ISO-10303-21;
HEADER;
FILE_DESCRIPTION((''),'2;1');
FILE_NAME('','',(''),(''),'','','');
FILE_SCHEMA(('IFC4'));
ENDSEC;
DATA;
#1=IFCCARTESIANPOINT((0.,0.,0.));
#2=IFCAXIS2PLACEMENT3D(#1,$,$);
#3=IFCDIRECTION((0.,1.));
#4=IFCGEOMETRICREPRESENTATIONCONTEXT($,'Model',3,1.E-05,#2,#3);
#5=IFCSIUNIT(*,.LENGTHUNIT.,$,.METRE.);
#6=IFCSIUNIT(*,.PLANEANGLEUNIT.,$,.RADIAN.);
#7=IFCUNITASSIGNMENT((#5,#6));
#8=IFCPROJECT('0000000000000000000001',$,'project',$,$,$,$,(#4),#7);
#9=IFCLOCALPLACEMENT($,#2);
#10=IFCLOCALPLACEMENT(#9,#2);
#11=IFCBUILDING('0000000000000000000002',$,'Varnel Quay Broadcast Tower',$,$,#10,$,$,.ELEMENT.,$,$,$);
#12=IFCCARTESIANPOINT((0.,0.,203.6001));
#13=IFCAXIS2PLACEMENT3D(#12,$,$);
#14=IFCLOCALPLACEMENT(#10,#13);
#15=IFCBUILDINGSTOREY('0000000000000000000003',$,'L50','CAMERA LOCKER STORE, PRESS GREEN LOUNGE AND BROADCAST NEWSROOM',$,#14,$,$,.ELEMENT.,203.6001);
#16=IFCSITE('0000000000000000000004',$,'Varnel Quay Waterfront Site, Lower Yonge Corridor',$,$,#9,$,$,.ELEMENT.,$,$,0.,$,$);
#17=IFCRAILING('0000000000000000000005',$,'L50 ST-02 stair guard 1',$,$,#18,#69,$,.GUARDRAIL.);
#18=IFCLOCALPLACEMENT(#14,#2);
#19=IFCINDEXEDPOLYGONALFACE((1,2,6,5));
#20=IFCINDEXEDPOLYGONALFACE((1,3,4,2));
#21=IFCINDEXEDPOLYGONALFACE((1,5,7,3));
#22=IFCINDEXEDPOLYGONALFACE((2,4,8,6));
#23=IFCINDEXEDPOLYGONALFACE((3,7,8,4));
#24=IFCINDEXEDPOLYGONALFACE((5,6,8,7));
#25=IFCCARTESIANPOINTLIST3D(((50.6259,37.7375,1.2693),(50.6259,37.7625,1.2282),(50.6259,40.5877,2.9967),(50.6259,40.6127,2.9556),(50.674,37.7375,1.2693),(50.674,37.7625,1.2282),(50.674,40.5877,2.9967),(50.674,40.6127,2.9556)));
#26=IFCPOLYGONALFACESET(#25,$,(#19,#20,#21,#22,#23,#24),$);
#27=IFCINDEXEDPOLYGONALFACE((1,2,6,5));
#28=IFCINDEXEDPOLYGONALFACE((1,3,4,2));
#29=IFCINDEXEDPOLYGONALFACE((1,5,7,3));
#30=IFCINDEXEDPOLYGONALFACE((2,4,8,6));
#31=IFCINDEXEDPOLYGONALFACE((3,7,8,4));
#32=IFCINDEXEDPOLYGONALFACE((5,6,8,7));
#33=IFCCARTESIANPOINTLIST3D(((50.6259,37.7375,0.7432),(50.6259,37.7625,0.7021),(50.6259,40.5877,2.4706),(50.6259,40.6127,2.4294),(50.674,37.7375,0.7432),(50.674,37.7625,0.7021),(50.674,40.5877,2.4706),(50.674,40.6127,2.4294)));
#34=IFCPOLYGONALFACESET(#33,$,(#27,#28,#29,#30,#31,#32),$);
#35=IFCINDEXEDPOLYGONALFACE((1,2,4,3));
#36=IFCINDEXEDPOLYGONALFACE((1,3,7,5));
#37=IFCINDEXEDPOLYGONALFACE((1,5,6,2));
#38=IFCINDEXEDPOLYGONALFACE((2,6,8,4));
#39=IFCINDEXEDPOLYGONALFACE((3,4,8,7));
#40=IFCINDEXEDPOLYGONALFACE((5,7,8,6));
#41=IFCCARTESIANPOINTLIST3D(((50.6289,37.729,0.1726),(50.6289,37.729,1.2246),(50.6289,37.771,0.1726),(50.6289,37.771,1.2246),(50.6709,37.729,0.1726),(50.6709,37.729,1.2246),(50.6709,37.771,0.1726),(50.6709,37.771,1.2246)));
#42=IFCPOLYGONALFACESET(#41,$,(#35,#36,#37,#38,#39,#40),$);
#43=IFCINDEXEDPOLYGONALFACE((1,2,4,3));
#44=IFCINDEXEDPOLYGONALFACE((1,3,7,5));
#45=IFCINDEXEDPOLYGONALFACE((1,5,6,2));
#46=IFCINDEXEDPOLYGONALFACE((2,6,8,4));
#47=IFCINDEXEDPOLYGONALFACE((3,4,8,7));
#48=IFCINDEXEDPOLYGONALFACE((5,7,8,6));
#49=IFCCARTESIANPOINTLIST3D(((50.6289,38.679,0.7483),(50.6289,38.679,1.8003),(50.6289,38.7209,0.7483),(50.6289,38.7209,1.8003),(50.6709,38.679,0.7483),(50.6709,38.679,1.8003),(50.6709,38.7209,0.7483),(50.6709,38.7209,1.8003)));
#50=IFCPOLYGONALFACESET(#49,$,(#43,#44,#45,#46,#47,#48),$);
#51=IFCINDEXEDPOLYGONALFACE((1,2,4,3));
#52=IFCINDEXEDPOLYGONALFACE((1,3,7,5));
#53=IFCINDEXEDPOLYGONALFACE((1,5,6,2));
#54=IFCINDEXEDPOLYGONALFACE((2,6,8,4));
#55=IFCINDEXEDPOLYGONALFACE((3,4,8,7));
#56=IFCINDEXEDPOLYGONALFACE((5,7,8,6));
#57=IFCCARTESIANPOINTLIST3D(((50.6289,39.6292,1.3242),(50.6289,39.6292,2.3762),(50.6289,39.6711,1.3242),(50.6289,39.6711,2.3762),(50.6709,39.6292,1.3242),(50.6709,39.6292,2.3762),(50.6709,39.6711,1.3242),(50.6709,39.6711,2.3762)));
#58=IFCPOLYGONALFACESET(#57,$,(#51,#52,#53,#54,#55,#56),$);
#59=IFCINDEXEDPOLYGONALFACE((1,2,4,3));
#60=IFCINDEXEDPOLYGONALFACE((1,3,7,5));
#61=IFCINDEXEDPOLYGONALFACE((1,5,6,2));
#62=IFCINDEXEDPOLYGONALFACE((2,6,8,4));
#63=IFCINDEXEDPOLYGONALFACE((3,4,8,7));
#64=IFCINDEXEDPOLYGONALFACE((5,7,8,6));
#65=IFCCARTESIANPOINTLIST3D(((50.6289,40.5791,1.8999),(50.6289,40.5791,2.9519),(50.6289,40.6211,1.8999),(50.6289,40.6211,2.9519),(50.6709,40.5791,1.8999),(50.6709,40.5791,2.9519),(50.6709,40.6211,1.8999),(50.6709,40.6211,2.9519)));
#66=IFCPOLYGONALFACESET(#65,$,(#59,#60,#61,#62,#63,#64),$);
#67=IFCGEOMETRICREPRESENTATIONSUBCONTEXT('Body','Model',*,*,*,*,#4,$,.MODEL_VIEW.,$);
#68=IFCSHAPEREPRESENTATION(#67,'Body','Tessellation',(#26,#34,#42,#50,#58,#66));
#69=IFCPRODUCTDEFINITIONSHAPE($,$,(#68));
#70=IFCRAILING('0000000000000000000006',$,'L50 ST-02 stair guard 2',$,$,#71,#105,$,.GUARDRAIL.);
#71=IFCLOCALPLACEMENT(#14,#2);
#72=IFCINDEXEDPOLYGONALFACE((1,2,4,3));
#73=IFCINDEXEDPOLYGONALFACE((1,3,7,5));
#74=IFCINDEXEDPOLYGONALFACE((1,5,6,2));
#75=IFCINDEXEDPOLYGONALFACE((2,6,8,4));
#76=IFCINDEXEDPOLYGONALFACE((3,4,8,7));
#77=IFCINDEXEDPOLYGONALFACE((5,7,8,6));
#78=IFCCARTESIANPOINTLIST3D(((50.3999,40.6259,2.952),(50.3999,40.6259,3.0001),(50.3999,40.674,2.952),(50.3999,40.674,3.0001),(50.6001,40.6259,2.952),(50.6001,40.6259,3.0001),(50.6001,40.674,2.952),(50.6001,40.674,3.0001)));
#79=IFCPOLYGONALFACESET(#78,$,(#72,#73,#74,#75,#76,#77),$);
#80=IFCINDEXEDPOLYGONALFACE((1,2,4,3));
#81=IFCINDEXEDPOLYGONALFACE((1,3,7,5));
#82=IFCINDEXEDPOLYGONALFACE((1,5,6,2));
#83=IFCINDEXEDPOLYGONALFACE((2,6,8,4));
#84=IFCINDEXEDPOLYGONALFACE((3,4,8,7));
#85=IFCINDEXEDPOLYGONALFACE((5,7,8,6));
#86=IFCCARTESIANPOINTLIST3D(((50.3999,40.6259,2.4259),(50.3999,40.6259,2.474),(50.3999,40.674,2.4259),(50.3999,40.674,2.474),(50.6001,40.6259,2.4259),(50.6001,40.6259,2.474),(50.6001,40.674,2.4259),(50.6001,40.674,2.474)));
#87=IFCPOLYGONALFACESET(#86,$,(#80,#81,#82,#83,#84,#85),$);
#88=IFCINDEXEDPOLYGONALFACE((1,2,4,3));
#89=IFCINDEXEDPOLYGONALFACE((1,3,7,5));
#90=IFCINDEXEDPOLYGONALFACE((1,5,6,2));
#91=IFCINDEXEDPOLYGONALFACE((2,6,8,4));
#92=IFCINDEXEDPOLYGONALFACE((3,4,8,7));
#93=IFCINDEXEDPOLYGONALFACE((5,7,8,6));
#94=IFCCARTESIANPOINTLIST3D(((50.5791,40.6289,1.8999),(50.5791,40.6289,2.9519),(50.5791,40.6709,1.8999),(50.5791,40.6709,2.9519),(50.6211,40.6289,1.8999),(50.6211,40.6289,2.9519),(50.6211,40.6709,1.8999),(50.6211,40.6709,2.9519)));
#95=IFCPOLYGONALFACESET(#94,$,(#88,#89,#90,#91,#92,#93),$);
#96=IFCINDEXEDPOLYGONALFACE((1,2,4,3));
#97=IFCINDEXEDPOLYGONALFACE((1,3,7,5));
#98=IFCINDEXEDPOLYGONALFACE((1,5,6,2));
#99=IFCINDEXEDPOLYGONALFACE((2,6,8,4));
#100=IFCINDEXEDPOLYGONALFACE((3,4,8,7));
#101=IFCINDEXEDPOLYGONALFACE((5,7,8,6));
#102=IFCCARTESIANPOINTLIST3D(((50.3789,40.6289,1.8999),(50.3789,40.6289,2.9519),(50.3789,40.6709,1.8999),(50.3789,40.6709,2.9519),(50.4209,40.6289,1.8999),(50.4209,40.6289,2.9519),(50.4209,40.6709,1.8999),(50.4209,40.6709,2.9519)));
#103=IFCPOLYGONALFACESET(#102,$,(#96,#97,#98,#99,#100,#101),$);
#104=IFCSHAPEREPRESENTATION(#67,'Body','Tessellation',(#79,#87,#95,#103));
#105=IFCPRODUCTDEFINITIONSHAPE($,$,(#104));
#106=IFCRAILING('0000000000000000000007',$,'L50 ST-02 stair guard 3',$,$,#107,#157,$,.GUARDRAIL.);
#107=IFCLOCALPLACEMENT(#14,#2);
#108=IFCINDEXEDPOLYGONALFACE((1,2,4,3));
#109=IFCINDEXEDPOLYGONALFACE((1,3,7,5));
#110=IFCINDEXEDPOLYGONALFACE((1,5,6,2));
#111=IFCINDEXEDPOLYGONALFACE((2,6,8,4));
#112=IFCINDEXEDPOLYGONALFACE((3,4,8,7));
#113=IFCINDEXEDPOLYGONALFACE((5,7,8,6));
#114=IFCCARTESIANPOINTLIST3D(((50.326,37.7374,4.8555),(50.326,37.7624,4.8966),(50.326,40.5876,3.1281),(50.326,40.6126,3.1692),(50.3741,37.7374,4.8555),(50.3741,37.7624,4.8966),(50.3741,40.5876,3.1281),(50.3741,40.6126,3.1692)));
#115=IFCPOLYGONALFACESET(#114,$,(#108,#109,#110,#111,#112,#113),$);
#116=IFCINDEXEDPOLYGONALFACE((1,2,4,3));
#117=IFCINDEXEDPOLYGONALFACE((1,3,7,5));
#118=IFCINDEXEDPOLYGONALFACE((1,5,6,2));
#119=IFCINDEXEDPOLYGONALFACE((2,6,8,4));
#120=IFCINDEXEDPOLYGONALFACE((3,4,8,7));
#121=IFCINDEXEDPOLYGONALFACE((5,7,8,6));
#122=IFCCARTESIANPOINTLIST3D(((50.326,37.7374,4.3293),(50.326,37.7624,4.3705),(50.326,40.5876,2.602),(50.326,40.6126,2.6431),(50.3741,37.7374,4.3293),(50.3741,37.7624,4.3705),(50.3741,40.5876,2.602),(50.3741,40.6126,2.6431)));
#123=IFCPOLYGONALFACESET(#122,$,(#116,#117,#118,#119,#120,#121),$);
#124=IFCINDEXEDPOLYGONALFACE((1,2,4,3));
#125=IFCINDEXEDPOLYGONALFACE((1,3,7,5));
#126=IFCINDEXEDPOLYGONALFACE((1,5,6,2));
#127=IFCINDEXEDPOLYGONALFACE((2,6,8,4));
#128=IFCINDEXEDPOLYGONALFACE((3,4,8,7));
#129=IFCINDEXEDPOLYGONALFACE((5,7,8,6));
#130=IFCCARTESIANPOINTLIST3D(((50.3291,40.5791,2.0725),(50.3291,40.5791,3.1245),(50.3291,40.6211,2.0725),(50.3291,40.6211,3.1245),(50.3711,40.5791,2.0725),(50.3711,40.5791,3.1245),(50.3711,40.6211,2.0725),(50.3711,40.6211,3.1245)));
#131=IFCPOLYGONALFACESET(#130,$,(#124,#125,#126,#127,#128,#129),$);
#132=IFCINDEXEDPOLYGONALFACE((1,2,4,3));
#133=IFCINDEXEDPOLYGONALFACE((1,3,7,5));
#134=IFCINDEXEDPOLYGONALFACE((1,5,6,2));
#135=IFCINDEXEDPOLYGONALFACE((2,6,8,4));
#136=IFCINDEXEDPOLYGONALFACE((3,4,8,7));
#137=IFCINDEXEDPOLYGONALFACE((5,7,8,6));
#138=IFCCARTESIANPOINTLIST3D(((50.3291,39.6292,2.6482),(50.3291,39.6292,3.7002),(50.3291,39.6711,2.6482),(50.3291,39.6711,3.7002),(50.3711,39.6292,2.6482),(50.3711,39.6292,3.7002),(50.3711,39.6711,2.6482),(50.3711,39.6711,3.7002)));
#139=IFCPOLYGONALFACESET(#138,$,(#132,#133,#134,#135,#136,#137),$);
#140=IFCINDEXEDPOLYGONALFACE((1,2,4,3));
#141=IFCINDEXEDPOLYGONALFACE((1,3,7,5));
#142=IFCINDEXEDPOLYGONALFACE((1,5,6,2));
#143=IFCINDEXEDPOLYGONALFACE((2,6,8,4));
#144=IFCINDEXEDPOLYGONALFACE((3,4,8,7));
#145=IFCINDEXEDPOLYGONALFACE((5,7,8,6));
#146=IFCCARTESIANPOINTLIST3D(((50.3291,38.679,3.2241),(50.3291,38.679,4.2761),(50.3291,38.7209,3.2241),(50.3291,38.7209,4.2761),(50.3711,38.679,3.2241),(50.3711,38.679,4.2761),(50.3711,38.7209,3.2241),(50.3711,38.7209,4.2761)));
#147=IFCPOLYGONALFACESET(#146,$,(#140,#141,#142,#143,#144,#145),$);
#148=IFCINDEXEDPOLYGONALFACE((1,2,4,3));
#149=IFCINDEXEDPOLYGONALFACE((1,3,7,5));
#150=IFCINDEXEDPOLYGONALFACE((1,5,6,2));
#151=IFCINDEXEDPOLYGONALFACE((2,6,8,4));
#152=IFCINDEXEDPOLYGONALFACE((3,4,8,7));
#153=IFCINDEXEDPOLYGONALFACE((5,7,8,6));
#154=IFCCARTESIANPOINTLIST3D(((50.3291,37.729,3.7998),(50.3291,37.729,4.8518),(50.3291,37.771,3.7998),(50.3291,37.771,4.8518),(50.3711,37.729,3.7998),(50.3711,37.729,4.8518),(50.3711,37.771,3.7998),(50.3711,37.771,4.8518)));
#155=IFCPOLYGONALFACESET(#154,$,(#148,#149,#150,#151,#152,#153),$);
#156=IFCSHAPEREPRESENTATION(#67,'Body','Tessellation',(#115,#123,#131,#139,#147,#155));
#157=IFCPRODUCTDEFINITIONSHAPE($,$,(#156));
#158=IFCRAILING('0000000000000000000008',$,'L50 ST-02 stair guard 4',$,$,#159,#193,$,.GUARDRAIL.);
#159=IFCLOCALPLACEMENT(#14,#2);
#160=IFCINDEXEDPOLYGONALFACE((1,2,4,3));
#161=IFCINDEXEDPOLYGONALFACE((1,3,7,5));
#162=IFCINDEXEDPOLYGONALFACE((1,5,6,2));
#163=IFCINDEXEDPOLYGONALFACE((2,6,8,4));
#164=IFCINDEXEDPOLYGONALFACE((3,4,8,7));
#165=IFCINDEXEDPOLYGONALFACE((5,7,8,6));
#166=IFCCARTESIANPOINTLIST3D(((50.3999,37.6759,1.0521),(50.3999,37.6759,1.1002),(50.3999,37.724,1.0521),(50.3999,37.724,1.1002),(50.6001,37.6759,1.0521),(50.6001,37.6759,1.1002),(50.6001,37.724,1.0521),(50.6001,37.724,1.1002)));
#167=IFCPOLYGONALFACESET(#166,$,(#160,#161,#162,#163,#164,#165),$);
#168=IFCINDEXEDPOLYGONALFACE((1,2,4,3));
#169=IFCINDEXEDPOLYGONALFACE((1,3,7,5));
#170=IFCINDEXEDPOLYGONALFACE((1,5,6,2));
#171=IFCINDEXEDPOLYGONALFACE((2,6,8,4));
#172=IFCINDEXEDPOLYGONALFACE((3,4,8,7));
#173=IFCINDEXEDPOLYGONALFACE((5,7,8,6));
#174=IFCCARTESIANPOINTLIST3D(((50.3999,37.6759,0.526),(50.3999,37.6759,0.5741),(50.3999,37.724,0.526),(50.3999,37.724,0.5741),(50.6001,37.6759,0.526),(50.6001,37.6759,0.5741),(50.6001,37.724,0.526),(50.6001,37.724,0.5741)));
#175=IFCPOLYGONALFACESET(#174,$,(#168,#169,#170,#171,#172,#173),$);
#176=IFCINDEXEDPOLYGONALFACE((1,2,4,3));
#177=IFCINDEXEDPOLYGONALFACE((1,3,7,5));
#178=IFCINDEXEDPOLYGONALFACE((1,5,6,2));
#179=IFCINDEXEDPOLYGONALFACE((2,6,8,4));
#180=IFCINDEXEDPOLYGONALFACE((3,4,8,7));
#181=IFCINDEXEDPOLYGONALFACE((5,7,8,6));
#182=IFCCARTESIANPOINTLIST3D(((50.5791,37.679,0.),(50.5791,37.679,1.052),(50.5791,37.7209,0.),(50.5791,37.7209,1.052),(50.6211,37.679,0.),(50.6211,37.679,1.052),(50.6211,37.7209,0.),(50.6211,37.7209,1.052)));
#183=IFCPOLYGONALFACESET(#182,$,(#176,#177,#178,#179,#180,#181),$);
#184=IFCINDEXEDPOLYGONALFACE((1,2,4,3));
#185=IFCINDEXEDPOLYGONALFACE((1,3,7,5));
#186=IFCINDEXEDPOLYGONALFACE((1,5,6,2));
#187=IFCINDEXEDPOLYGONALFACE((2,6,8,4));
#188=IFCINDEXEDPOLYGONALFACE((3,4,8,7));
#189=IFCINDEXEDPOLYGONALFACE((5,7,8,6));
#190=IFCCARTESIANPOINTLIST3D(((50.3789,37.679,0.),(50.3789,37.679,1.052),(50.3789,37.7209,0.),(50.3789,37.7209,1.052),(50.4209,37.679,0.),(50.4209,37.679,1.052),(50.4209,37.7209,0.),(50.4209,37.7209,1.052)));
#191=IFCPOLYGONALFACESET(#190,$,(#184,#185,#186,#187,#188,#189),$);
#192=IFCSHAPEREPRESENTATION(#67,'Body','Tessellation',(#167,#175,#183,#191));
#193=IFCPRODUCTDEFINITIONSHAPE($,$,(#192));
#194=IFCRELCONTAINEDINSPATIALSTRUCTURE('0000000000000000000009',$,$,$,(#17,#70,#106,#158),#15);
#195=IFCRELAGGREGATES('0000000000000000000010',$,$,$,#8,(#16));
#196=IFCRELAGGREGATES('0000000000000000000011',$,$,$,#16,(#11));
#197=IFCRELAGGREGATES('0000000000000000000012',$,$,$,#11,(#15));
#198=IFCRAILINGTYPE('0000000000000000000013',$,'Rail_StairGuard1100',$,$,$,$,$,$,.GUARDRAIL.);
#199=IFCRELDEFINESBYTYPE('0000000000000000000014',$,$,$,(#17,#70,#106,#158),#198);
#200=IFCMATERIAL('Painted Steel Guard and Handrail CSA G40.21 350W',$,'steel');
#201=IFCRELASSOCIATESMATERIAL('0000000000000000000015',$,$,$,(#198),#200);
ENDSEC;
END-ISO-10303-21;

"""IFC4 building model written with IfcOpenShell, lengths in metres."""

from ifc_helpers import new_model, si_unit, direction, frame, origin, origin_2d, place, context, subcontext, project, spatial, rectangle, extrude, material, type_object, element, save


model = new_model("IFC4")

# Units and contexts
model_context = context("Model", 3, precision=1e-05, world=origin(), true_north=direction((0.0, 1.0)))
body_context = subcontext(model_context, "Body", "Model", "MODEL_VIEW")
ifc_project = project(units=[si_unit("LENGTHUNIT", "METRE"), si_unit("PLANEANGLEUNIT", "RADIAN")], contexts=[model_context])

# Site, building, storey
site_placement = place(None, origin())
site = spatial("IfcSite", under=ifc_project, at=site_placement, Name="Varnel Quay Waterfront Site, Lower Yonge Corridor", CompositionType="ELEMENT", RefElevation=0.0)
building_placement = place(site_placement, origin())
building = spatial("IfcBuilding", under=site, at=building_placement, Name="Varnel Quay Broadcast Tower", CompositionType="ELEMENT")
storey_placement = place(building_placement, frame((0.0, 0.0, 203.6001)))
storey = spatial("IfcBuildingStorey", under=building, at=storey_placement, Name="L50", Description="CAMERA LOCKER STORE, PRESS GREEN LOUNGE AND BROADCAST NEWSROOM", CompositionType="ELEMENT", Elevation=203.6001)

# Railings
ifc_material_1 = material(Name="Painted Steel Guard and Handrail CSA G40.21 350W", Category="steel")
railing_type_1 = type_object("IfcRailingType", Name="Rail_StairGuard1100", PredefinedType="GUARDRAIL", material=ifc_material_1)
railing_1_placement = place(storey_placement, frame((50.6499, 37.75, 0.1726)))
element("IfcRailing", 1, at=railing_1_placement, inside=storey, type_object=railing_type_1, Name="L50 ST-02 stair guard 1", PredefinedType="GUARDRAIL", context=body_context, shape_type="SweptSolid", body=[
    extrude(rectangle(XDim=0.0481, YDim=0.0481, at=origin_2d()), frame((0.0, 0.0, 1.0762), z_axis=(0.0, 0.855203, 0.518294), x_axis=(-1.0, 0.0, 0.0)), (0.0, 0.0, 1.0), 3.3328),
    extrude(rectangle(XDim=0.0481, YDim=0.0481, at=origin_2d()), frame((0.0, 0.0, 0.55), z_axis=(0.0, 0.855203, 0.518294), x_axis=(-1.0, 0.0, 0.0)), (0.0, 0.0, 1.0), 3.3328),
    extrude(rectangle(XDim=0.042, YDim=0.042, at=origin_2d()), origin(), (0.0, 0.0, 1.0), 1.052),
    extrude(rectangle(XDim=0.042, YDim=0.042, at=origin_2d()), frame((0.0, 0.95, 0.5757)), (0.0, 0.0, 1.0), 1.052),
    extrude(rectangle(XDim=0.042, YDim=0.042, at=origin_2d()), frame((0.0, 1.9001, 1.1516)), (0.0, 0.0, 1.0), 1.052),
    extrude(rectangle(XDim=0.042, YDim=0.042, at=origin_2d()), frame((0.0, 2.8501, 1.7273)), (0.0, 0.0, 1.0), 1.052),
])
railing_2_placement = place(storey_placement, frame((50.6001, 40.6499, 1.8999)))
element("IfcRailing", 2, at=railing_2_placement, inside=storey, type_object=railing_type_1, Name="L50 ST-02 stair guard 2", PredefinedType="GUARDRAIL", context=body_context, shape_type="SweptSolid", body=[
    extrude(rectangle(XDim=0.0481, YDim=0.0481, at=origin_2d()), frame((0.0, 0.0, 1.0762), z_axis=(-1.0, 0.0, 0.0), x_axis=(0.0, -1.0, 0.0)), (0.0, 0.0, 1.0), 0.2002),
    extrude(rectangle(XDim=0.0481, YDim=0.0481, at=origin_2d()), frame((0.0, 0.0, 0.55), z_axis=(-1.0, 0.0, 0.0), x_axis=(0.0, -1.0, 0.0)), (0.0, 0.0, 1.0), 0.2002),
    extrude(rectangle(XDim=0.042, YDim=0.042, at=origin_2d()), origin(), (0.0, 0.0, 1.0), 1.052),
    extrude(rectangle(XDim=0.042, YDim=0.042, at=origin_2d()), frame((-0.2002, 0.0, 0.0)), (0.0, 0.0, 1.0), 1.052),
])
railing_3_placement = place(storey_placement, frame((50.3501, 40.6001, 2.0725)))
element("IfcRailing", 3, at=railing_3_placement, inside=storey, type_object=railing_type_1, Name="L50 ST-02 stair guard 3", PredefinedType="GUARDRAIL", context=body_context, shape_type="SweptSolid", body=[
    extrude(rectangle(XDim=0.0481, YDim=0.0481, at=origin_2d()), frame((0.0, 0.0, 1.0762), z_axis=(0.0, -0.855203, 0.518294), x_axis=(1.0, 0.0, 0.0)), (0.0, 0.0, 1.0), 3.3328),
    extrude(rectangle(XDim=0.0481, YDim=0.0481, at=origin_2d()), frame((0.0, 0.0, 0.55), z_axis=(0.0, -0.855203, 0.518294), x_axis=(1.0, 0.0, 0.0)), (0.0, 0.0, 1.0), 3.3328),
    extrude(rectangle(XDim=0.042, YDim=0.042, at=origin_2d()), origin(), (0.0, 0.0, 1.0), 1.052),
    extrude(rectangle(XDim=0.042, YDim=0.042, at=origin_2d()), frame((0.0, -0.95, 0.5757)), (0.0, 0.0, 1.0), 1.052),
    extrude(rectangle(XDim=0.042, YDim=0.042, at=origin_2d()), frame((0.0, -1.9001, 1.1516)), (0.0, 0.0, 1.0), 1.052),
    extrude(rectangle(XDim=0.042, YDim=0.042, at=origin_2d()), frame((0.0, -2.8501, 1.7273)), (0.0, 0.0, 1.0), 1.052),
])
railing_4_placement = place(storey_placement, frame((50.6001, 37.7, 0.0)))
element("IfcRailing", 4, at=railing_4_placement, inside=storey, type_object=railing_type_1, Name="L50 ST-02 stair guard 4", PredefinedType="GUARDRAIL", context=body_context, shape_type="SweptSolid", body=[
    extrude(rectangle(XDim=0.0481, YDim=0.0481, at=origin_2d()), frame((0.0, 0.0, 1.0762), z_axis=(-1.0, 0.0, 0.0), x_axis=(0.0, -1.0, 0.0)), (0.0, 0.0, 1.0), 0.2002),
    extrude(rectangle(XDim=0.0481, YDim=0.0481, at=origin_2d()), frame((0.0, 0.0, 0.55), z_axis=(-1.0, 0.0, 0.0), x_axis=(0.0, -1.0, 0.0)), (0.0, 0.0, 1.0), 0.2002),
    extrude(rectangle(XDim=0.042, YDim=0.042, at=origin_2d()), origin(), (0.0, 0.0, 1.0), 1.052),
    extrude(rectangle(XDim=0.042, YDim=0.042, at=origin_2d()), frame((-0.2002, 0.0, 0.0)), (0.0, 0.0, 1.0), 1.052),
])

save(model, "model.ifc")
